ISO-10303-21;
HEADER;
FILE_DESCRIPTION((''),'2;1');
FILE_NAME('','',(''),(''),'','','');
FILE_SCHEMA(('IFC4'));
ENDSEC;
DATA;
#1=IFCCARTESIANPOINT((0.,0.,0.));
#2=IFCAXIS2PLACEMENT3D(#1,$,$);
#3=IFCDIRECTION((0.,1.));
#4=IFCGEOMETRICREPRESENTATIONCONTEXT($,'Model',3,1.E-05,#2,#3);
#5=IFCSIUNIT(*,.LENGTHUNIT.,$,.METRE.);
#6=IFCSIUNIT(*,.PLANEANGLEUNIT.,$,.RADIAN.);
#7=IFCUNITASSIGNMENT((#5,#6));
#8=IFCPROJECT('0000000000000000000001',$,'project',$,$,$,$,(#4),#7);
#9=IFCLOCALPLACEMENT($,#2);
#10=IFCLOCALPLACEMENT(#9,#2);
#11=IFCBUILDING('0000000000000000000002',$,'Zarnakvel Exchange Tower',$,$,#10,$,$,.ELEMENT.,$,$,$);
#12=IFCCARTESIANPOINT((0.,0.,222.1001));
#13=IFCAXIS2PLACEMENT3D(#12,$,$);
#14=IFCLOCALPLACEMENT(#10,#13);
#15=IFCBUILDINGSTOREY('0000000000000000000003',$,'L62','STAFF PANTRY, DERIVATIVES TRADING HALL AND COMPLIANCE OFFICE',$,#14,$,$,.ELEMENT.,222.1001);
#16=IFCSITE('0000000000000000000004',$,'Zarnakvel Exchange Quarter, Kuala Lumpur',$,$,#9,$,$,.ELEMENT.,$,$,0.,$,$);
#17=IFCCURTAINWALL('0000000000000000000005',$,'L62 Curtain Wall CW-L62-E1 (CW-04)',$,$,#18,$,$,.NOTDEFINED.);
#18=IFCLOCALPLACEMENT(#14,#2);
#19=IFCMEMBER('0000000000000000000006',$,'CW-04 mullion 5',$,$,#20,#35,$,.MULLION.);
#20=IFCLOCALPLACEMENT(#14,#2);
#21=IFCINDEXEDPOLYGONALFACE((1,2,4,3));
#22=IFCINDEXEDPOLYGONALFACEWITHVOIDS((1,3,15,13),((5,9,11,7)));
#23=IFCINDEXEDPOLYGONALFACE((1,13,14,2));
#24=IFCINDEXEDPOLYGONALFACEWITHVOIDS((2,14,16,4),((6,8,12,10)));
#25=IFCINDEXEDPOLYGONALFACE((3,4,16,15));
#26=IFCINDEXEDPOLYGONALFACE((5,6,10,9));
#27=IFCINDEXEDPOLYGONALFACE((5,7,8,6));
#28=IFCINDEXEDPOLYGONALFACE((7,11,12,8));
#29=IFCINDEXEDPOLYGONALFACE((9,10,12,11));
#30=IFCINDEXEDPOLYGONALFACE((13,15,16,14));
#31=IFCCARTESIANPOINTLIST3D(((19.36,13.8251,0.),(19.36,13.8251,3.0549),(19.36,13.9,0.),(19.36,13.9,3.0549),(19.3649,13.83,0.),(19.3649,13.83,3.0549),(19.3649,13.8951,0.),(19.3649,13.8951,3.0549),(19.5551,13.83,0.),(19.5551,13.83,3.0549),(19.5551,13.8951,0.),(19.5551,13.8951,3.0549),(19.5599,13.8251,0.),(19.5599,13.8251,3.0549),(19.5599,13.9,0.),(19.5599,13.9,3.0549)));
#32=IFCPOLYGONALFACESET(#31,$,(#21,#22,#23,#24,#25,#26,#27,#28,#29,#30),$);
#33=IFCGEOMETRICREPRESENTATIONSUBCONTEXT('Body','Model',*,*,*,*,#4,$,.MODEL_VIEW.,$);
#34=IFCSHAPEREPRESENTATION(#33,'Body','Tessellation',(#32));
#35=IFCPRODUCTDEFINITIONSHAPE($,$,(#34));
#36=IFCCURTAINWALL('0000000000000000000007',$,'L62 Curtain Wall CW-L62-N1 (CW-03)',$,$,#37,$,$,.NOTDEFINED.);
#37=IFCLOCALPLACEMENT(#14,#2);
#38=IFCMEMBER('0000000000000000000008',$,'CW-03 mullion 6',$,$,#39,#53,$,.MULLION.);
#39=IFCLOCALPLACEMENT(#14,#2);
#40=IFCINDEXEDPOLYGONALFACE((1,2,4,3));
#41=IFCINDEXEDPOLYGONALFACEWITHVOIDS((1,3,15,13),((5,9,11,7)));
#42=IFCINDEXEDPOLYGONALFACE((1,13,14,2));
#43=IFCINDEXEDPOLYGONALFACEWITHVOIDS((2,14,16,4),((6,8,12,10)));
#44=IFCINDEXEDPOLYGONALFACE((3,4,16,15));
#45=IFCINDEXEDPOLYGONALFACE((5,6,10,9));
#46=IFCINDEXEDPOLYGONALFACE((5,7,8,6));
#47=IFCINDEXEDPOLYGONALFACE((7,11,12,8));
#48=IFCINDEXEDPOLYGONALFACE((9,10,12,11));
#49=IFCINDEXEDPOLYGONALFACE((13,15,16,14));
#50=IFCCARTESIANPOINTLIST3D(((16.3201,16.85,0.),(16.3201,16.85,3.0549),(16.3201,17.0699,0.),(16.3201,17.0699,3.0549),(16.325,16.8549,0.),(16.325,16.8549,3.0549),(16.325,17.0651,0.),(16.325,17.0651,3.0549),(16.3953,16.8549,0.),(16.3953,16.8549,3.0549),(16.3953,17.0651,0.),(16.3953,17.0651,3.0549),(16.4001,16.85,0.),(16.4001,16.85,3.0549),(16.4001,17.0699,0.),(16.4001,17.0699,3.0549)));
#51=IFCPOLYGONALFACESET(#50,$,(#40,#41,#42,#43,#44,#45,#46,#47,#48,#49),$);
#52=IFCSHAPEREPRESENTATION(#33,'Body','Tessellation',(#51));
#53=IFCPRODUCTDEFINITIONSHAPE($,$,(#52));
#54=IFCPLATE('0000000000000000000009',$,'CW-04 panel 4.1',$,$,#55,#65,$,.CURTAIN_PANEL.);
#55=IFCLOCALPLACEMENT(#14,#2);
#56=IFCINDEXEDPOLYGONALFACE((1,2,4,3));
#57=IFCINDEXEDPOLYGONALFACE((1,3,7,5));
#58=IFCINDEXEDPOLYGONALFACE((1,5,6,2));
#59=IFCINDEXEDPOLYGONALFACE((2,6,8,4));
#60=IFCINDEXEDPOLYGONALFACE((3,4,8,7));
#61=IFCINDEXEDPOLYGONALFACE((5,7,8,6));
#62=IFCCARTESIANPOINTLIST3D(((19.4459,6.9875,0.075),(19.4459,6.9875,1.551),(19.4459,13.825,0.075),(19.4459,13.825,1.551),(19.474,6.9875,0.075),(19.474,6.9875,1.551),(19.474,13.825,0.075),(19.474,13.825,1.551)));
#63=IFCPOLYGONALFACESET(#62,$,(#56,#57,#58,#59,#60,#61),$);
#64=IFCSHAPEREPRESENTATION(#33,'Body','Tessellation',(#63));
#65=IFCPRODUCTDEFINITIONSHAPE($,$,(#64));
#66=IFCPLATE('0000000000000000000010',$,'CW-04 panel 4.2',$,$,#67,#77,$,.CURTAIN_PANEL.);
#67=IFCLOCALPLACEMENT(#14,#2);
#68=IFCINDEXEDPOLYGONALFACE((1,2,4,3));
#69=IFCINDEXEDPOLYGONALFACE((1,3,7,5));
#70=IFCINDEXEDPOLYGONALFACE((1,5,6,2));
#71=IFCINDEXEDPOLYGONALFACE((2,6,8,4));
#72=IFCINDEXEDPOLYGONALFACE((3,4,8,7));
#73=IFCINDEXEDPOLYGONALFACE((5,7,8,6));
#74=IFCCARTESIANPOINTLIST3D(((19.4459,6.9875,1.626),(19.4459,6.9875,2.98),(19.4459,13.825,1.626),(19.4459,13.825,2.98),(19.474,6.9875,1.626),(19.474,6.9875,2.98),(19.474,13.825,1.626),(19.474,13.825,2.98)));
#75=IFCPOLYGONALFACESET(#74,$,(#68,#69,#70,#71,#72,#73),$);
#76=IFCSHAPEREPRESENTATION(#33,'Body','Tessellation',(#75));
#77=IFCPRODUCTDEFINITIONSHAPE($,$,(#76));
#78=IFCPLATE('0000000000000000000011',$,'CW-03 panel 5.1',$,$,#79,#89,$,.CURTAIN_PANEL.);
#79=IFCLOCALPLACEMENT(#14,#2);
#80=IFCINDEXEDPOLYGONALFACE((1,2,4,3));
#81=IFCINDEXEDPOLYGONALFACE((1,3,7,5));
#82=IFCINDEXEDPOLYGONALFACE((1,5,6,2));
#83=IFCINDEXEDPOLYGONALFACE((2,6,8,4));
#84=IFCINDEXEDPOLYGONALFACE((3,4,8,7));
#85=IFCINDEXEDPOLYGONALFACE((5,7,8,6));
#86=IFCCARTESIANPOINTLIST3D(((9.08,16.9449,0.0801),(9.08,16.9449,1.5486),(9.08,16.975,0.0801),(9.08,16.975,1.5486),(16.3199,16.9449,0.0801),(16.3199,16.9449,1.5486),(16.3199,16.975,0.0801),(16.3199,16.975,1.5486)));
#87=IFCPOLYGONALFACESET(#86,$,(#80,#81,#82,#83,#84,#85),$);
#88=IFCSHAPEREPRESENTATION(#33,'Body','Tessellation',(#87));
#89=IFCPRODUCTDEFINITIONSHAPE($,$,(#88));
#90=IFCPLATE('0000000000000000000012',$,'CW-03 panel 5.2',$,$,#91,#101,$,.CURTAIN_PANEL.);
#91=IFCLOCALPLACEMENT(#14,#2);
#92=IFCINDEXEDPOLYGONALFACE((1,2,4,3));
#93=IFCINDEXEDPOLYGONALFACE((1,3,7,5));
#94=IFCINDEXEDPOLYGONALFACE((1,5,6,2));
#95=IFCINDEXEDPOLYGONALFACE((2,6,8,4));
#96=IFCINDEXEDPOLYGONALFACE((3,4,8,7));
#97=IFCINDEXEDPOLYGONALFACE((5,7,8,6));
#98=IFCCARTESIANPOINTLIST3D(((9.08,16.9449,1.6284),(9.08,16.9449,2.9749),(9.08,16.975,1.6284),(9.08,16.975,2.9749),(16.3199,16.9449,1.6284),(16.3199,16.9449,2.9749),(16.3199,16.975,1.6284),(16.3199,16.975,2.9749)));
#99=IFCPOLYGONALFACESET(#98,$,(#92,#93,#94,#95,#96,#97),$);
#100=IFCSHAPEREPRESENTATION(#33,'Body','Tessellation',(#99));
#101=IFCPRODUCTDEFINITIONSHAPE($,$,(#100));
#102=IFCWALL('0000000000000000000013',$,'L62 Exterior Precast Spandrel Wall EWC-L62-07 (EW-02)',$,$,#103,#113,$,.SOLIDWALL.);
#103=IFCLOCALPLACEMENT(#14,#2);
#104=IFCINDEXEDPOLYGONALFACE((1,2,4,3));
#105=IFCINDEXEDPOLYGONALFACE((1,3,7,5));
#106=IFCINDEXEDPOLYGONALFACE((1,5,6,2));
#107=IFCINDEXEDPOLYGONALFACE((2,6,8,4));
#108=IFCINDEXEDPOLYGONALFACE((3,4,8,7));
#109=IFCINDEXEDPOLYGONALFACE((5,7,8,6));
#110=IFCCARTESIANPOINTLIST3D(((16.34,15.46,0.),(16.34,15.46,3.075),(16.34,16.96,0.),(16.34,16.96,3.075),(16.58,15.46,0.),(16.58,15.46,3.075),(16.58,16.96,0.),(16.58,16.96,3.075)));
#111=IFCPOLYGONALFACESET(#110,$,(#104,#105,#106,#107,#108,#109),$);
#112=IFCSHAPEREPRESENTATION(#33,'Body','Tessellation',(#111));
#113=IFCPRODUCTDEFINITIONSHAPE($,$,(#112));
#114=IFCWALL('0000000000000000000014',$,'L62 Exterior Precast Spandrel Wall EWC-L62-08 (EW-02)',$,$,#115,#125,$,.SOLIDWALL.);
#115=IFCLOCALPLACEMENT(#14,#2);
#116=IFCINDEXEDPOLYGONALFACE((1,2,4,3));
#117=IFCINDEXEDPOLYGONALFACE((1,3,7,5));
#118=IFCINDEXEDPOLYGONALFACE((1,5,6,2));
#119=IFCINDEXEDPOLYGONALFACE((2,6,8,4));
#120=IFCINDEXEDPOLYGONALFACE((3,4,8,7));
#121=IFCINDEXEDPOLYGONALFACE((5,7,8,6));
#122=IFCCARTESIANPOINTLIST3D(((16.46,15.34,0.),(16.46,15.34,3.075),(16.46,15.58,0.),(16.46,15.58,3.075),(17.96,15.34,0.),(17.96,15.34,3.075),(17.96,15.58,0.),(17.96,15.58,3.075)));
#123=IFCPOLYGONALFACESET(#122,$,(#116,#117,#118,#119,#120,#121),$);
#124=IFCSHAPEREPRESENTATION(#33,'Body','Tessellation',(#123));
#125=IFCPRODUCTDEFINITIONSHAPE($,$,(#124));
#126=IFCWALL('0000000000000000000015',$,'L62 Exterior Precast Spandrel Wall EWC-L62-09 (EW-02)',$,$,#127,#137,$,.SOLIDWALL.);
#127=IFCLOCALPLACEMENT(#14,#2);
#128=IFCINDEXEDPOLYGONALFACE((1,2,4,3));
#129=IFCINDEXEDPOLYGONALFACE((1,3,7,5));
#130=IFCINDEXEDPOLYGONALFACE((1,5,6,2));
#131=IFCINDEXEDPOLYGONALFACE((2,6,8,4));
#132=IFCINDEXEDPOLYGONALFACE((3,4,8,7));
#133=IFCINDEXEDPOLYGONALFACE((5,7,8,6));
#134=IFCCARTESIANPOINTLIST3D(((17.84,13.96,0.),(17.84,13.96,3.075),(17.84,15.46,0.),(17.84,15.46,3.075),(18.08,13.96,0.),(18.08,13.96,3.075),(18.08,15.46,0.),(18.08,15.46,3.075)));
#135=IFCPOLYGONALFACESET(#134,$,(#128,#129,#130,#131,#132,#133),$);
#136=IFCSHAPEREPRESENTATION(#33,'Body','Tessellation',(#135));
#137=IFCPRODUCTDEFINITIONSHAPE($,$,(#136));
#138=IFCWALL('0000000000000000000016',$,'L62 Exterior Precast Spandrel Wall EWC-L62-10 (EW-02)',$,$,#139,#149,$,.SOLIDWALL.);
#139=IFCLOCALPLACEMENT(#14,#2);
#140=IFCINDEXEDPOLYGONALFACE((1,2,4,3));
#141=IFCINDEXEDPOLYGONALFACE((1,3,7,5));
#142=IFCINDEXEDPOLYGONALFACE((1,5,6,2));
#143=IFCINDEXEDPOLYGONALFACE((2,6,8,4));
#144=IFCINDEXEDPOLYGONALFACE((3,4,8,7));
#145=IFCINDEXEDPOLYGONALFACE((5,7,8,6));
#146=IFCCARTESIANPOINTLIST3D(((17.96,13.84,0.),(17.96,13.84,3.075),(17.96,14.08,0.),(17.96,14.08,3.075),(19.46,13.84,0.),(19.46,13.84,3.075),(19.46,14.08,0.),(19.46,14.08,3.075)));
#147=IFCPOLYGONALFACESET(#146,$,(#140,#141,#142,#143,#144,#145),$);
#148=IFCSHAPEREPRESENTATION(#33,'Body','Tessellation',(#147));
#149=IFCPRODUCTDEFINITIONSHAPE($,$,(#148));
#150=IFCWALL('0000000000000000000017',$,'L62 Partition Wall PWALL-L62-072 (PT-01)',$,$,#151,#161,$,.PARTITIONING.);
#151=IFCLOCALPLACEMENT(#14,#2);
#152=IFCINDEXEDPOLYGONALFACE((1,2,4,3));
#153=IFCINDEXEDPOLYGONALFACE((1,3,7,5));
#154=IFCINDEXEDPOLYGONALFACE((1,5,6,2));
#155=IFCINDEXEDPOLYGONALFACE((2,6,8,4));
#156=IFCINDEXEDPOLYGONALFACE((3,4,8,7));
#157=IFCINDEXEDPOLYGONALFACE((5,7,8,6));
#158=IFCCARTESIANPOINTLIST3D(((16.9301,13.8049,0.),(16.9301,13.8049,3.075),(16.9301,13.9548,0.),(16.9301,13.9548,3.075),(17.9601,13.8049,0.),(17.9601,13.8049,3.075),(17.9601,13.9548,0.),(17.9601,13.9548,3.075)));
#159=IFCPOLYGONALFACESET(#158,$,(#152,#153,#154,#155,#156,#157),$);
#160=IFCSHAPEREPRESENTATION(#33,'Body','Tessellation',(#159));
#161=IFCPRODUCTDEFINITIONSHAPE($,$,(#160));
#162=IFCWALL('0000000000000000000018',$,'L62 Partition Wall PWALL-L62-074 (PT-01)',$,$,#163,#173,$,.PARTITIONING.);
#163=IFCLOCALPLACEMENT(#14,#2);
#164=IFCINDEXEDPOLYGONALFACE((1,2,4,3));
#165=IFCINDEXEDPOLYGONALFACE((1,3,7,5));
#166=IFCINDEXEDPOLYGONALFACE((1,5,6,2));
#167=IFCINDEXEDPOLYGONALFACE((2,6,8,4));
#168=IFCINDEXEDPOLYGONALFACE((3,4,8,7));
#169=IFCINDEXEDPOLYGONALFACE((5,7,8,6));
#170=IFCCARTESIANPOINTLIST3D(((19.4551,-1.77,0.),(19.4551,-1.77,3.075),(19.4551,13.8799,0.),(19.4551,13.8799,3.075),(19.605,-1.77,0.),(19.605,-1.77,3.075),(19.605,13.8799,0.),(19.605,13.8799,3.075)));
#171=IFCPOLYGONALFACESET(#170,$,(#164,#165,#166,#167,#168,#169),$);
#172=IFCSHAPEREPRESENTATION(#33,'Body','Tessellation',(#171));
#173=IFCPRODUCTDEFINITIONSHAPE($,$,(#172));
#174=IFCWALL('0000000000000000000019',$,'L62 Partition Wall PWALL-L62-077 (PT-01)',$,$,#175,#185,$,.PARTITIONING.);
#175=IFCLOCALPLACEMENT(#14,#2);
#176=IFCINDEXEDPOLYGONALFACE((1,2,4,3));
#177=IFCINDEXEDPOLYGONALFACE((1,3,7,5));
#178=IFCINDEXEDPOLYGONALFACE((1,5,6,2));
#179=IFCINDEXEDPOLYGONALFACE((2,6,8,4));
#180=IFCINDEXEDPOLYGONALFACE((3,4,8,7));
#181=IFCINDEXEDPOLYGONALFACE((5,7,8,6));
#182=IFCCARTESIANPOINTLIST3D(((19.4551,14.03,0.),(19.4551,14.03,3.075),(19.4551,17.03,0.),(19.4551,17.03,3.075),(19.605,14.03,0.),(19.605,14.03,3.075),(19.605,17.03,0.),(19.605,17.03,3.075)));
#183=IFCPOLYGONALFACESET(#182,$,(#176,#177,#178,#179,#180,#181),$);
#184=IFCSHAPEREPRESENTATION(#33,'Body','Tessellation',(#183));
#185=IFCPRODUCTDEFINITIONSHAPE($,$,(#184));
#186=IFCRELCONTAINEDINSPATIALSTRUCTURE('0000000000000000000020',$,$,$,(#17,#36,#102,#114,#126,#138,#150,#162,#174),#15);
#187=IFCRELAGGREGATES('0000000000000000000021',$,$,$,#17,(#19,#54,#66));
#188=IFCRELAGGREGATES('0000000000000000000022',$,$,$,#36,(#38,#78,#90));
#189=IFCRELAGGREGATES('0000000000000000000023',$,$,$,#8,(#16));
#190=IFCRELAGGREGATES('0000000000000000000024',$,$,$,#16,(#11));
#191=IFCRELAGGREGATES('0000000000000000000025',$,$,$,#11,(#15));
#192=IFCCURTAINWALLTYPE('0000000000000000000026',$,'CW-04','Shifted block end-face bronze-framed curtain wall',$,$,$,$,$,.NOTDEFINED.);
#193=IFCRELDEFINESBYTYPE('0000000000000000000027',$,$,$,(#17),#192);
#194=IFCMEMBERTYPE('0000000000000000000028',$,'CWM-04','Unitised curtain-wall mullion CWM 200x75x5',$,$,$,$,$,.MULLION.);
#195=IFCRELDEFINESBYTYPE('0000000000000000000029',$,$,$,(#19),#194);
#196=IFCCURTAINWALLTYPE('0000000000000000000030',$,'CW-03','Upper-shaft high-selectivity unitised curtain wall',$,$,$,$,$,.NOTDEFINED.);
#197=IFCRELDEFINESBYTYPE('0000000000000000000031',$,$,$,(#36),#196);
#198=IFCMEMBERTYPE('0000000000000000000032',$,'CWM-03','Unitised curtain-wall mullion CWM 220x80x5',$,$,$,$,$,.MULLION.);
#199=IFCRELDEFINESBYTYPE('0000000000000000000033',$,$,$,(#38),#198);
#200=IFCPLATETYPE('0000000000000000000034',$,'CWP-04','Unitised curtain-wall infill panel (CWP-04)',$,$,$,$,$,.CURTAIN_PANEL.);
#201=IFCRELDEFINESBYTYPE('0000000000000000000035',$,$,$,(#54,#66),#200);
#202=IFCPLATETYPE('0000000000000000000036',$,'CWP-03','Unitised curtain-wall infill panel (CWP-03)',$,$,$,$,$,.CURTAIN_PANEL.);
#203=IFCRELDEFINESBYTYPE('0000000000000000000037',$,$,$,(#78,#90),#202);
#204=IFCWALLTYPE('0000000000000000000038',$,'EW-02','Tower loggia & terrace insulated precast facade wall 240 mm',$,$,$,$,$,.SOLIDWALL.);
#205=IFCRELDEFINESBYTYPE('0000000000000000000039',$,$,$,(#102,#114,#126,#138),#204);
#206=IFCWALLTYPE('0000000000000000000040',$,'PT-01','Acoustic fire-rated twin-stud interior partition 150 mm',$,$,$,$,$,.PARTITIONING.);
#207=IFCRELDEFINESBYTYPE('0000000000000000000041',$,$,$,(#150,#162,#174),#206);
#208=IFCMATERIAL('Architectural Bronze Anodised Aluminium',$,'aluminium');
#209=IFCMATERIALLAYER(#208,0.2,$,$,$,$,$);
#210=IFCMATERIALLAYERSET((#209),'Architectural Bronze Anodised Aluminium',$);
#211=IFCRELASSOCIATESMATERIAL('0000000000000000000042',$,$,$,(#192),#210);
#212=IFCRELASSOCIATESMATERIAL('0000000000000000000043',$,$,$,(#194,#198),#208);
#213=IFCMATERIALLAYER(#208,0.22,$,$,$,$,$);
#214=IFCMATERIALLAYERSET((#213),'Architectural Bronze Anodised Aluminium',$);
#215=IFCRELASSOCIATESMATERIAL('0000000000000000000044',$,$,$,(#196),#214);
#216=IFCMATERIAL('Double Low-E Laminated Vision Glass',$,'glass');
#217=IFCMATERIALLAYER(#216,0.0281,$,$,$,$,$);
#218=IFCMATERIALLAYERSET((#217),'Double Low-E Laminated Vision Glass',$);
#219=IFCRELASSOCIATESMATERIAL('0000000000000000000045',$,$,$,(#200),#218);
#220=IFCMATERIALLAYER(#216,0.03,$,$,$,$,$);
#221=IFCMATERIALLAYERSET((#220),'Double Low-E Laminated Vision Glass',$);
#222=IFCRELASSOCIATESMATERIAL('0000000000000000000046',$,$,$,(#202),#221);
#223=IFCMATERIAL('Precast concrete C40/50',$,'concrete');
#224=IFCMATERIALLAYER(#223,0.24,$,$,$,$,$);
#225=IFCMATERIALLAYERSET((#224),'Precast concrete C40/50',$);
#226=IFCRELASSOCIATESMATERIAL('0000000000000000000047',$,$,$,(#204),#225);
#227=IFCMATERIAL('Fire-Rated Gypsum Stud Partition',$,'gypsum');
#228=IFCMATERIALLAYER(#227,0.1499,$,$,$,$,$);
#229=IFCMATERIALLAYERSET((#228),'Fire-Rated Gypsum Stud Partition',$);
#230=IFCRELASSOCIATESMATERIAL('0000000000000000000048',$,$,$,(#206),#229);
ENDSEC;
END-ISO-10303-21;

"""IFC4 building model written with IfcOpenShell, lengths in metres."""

from ifc_helpers import new_model, si_unit, direction, frame, frame_2d, origin, origin_2d, place, context, subcontext, project, spatial, rectangle, hollow_rectangle, extrude, source, transform, mapped, material, layer, layer_set, material_profile, profile_set, type_object, element, aggregate, save


model = new_model("IFC4")

# Units and contexts
model_context = context("Model", 3, precision=1e-05, world=origin(), true_north=direction((0.0, 1.0)))
body_context = subcontext(model_context, "Body", "Model", "MODEL_VIEW")
ifc_project = project(units=[si_unit("LENGTHUNIT", "METRE"), si_unit("PLANEANGLEUNIT", "RADIAN")], contexts=[model_context])

# Site, building, storey
site_placement = place(None, origin())
site = spatial("IfcSite", under=ifc_project, at=site_placement, Name="Zarnakvel Exchange Quarter, Kuala Lumpur", CompositionType="ELEMENT", RefElevation=0.0)
building_placement = place(site_placement, origin())
building = spatial("IfcBuilding", under=site, at=building_placement, Name="Zarnakvel Exchange Tower", CompositionType="ELEMENT")
storey_placement = place(building_placement, frame((0.0, 0.0, 222.1001)))
storey = spatial("IfcBuildingStorey", under=building, at=storey_placement, Name="L62", Description="STAFF PANTRY, DERIVATIVES TRADING HALL AND COMPLIANCE OFFICE", CompositionType="ELEMENT", Elevation=222.1001)

# Curtain walls, members
ifc_material_1 = material(Name="Architectural Bronze Anodised Aluminium", Category="aluminium")
ifc_layer_1 = layer(ifc_material_1, 0.2)
ifc_layer_set_1 = layer_set([ifc_layer_1], Name="Architectural Bronze Anodised Aluminium")
curtain_wall_type_1 = type_object("IfcCurtainWallType", Name="CW-04", Description="Shifted block end-face bronze-framed curtain wall", PredefinedType="NOTDEFINED", material=ifc_layer_set_1)
curtain_wall_1_placement = place(storey_placement, origin())
curtain_wall_1 = element("IfcCurtainWall", 1, at=curtain_wall_1_placement, inside=storey, type_object=curtain_wall_type_1, Name="L62 Curtain Wall CW-L62-E1 (CW-04)", PredefinedType="NOTDEFINED")
ifc_material_profile_1 = material_profile(ifc_material_1, hollow_rectangle(XDim=0.2, YDim=0.075, WallThickness=0.0049, at=origin_2d()))
ifc_profile_set_1 = profile_set([ifc_material_profile_1], Name="Architectural Bronze Anodised Aluminium")
member_type_1 = type_object("IfcMemberType", Name="CWM-04", Description="Unitised curtain-wall mullion CWM 200x75x5", PredefinedType="MULLION", material=ifc_profile_set_1)
shared_shape_1 = source(origin(), body_context, "Body", "SweptSolid", [
    extrude(hollow_rectangle(XDim=0.2, YDim=0.075, WallThickness=0.0049, at=origin_2d()), origin(), (0.0, 0.0, 1.0), 3.0549),
])
member_1_placement = place(storey_placement, frame((19.46, 13.8625, 0.0), z_axis=(0.0, 0.0, 1.0), x_axis=(-1.0, 0.0, 0.0)))
member_1 = element("IfcMember", 2, at=member_1_placement, type_object=member_type_1, Name="CW-04 mullion 5", PredefinedType="MULLION", context=body_context, shape_type="MappedRepresentation", body=[
    mapped(shared_shape_1, transform((0.0, 0.0, 0.0), x_axis=(1.0, 0.0, 0.0), y_axis=(0.0, 1.0, 0.0), z_axis=(0.0, 0.0, 1.0), scale=1.0)),
])
ifc_layer_2 = layer(ifc_material_1, 0.22)
ifc_layer_set_2 = layer_set([ifc_layer_2], Name="Architectural Bronze Anodised Aluminium")
curtain_wall_type_2 = type_object("IfcCurtainWallType", Name="CW-03", Description="Upper-shaft high-selectivity unitised curtain wall", PredefinedType="NOTDEFINED", material=ifc_layer_set_2)
curtain_wall_2_placement = place(storey_placement, origin())
curtain_wall_2 = element("IfcCurtainWall", 3, at=curtain_wall_2_placement, inside=storey, type_object=curtain_wall_type_2, Name="L62 Curtain Wall CW-L62-N1 (CW-03)", PredefinedType="NOTDEFINED")
ifc_material_profile_2 = material_profile(ifc_material_1, hollow_rectangle(XDim=0.22, YDim=0.0801, WallThickness=0.0049, at=origin_2d()))
ifc_profile_set_2 = profile_set([ifc_material_profile_2], Name="Architectural Bronze Anodised Aluminium")
member_type_2 = type_object("IfcMemberType", Name="CWM-03", Description="Unitised curtain-wall mullion CWM 220x80x5", PredefinedType="MULLION", material=ifc_profile_set_2)
shared_shape_2 = source(origin(), body_context, "Body", "SweptSolid", [
    extrude(hollow_rectangle(XDim=0.22, YDim=0.0801, WallThickness=0.0049, at=origin_2d()), origin(), (0.0, 0.0, 1.0), 3.0549),
])
member_2_placement = place(storey_placement, frame((16.3601, 16.96, 0.0), z_axis=(0.0, 0.0, 1.0), x_axis=(0.0, 1.0, 0.0)))
member_2 = element("IfcMember", 4, at=member_2_placement, type_object=member_type_2, Name="CW-03 mullion 6", PredefinedType="MULLION", context=body_context, shape_type="MappedRepresentation", body=[
    mapped(shared_shape_2, transform((0.0, 0.0, 0.0), x_axis=(1.0, 0.0, 0.0), y_axis=(0.0, 1.0, 0.0), z_axis=(0.0, 0.0, 1.0), scale=1.0)),
])

# Plates
ifc_material_2 = material(Name="Double Low-E Laminated Vision Glass", Category="glass")
ifc_layer_3 = layer(ifc_material_2, 0.0281)
ifc_layer_set_3 = layer_set([ifc_layer_3], Name="Double Low-E Laminated Vision Glass")
plate_type_1 = type_object("IfcPlateType", Name="CWP-04", Description="Unitised curtain-wall infill panel (CWP-04)", PredefinedType="CURTAIN_PANEL", material=ifc_layer_set_3)
shared_shape_3 = source(origin(), body_context, "Body", "SweptSolid", [
    extrude(rectangle(XDim=6.8374, YDim=0.0281, at=origin_2d()), origin(), (0.0, 0.0, 1.0), 1.4761),
])
plate_1_placement = place(storey_placement, frame((19.46, 10.4062, 0.075), z_axis=(0.0, 0.0, 1.0), x_axis=(0.0, 1.0, 0.0)))
plate_1 = element("IfcPlate", 5, at=plate_1_placement, type_object=plate_type_1, Name="CW-04 panel 4.1", PredefinedType="CURTAIN_PANEL", context=body_context, shape_type="MappedRepresentation", body=[
    mapped(shared_shape_3, transform((0.0, 0.0, 0.0), x_axis=(1.0, 0.0, 0.0), y_axis=(0.0, 1.0, 0.0), z_axis=(0.0, 0.0, 1.0), scale=1.0)),
])
shared_shape_4 = source(origin(), body_context, "Body", "SweptSolid", [
    extrude(rectangle(XDim=6.8374, YDim=0.0281, at=origin_2d()), origin(), (0.0, 0.0, 1.0), 1.354),
])
plate_2_placement = place(storey_placement, frame((19.46, 10.4062, 1.626), z_axis=(0.0, 0.0, 1.0), x_axis=(0.0, 1.0, 0.0)))
plate_2 = element("IfcPlate", 6, at=plate_2_placement, type_object=plate_type_1, Name="CW-04 panel 4.2", PredefinedType="CURTAIN_PANEL", context=body_context, shape_type="MappedRepresentation", body=[
    mapped(shared_shape_4, transform((0.0, 0.0, 0.0), x_axis=(1.0, 0.0, 0.0), y_axis=(0.0, 1.0, 0.0), z_axis=(0.0, 0.0, 1.0), scale=1.0)),
])
aggregate(curtain_wall_1, [member_1, plate_1, plate_2])
ifc_layer_4 = layer(ifc_material_2, 0.03)
ifc_layer_set_4 = layer_set([ifc_layer_4], Name="Double Low-E Laminated Vision Glass")
plate_type_2 = type_object("IfcPlateType", Name="CWP-03", Description="Unitised curtain-wall infill panel (CWP-03)", PredefinedType="CURTAIN_PANEL", material=ifc_layer_set_4)
shared_shape_5 = source(origin(), body_context, "Body", "SweptSolid", [
    extrude(rectangle(XDim=7.24, YDim=0.03, at=origin_2d()), origin(), (0.0, 0.0, 1.0), 1.4685),
])
plate_3_placement = place(storey_placement, frame((12.7, 16.96, 0.0801), z_axis=(0.0, 0.0, 1.0), x_axis=(1.0, 0.0, 0.0)))
plate_3 = element("IfcPlate", 7, at=plate_3_placement, type_object=plate_type_2, Name="CW-03 panel 5.1", PredefinedType="CURTAIN_PANEL", context=body_context, shape_type="MappedRepresentation", body=[
    mapped(shared_shape_5, transform((0.0, 0.0, 0.0), x_axis=(1.0, 0.0, 0.0), y_axis=(0.0, 1.0, 0.0), z_axis=(0.0, 0.0, 1.0), scale=1.0)),
])
shared_shape_6 = source(origin(), body_context, "Body", "SweptSolid", [
    extrude(rectangle(XDim=7.24, YDim=0.03, at=origin_2d()), origin(), (0.0, 0.0, 1.0), 1.3464),
])
plate_4_placement = place(storey_placement, frame((12.7, 16.96, 1.6284), z_axis=(0.0, 0.0, 1.0), x_axis=(1.0, 0.0, 0.0)))
plate_4 = element("IfcPlate", 8, at=plate_4_placement, type_object=plate_type_2, Name="CW-03 panel 5.2", PredefinedType="CURTAIN_PANEL", context=body_context, shape_type="MappedRepresentation", body=[
    mapped(shared_shape_6, transform((0.0, 0.0, 0.0), x_axis=(1.0, 0.0, 0.0), y_axis=(0.0, 1.0, 0.0), z_axis=(0.0, 0.0, 1.0), scale=1.0)),
])
aggregate(curtain_wall_2, [member_2, plate_3, plate_4])

# Walls
ifc_material_3 = material(Name="Precast concrete C40/50", Category="concrete")
ifc_layer_5 = layer(ifc_material_3, 0.24)
ifc_layer_set_5 = layer_set([ifc_layer_5], Name="Precast concrete C40/50")
wall_type_1 = type_object("IfcWallType", Name="EW-02", Description="Tower loggia & terrace insulated precast facade wall 240 mm", PredefinedType="SOLIDWALL", material=ifc_layer_set_5)
for number, where, z_axis, x_axis, name in (
    (9, (16.46, 15.46, 0.0), (0.0, 0.0, 1.0), (0.0, 1.0, 0.0), "L62 Exterior Precast Spandrel Wall EWC-L62-07 (EW-02)"),
    (10, (17.96, 15.46, 0.0), (0.0, 0.0, 1.0), (-1.0, 0.0, 0.0), "L62 Exterior Precast Spandrel Wall EWC-L62-08 (EW-02)"),
    (11, (17.96, 13.96, 0.0), (0.0, 0.0, 1.0), (0.0, 1.0, 0.0), "L62 Exterior Precast Spandrel Wall EWC-L62-09 (EW-02)"),
    (12, (19.46, 13.96, 0.0), (0.0, 0.0, 1.0), (-1.0, 0.0, 0.0), "L62 Exterior Precast Spandrel Wall EWC-L62-10 (EW-02)"),
):
    element("IfcWall", number, at=place(storey_placement, frame(where, z_axis=z_axis, x_axis=x_axis)), inside=storey, type_object=wall_type_1, Name=name, PredefinedType="SOLIDWALL", context=body_context, shape_type="SweptSolid", body=[
        extrude(rectangle(XDim=1.5, YDim=0.24, at=frame_2d((0.75, 0.0))), origin(), (0.0, 0.0, 1.0), 3.075),
    ])
ifc_material_4 = material(Name="Fire-Rated Gypsum Stud Partition", Category="gypsum")
ifc_layer_6 = layer(ifc_material_4, 0.1499)
ifc_layer_set_6 = layer_set([ifc_layer_6], Name="Fire-Rated Gypsum Stud Partition")
wall_type_2 = type_object("IfcWallType", Name="PT-01", Description="Acoustic fire-rated twin-stud interior partition 150 mm", PredefinedType="PARTITIONING", material=ifc_layer_set_6)
wall_1_placement = place(storey_placement, frame((16.9299, 13.8799, 0.0), z_axis=(0.0, 0.0, 1.0), x_axis=(1.0, 0.0, 0.0)))
element("IfcWall", 13, at=wall_1_placement, inside=storey, type_object=wall_type_2, Name="L62 Partition Wall PWALL-L62-072 (PT-01)", PredefinedType="PARTITIONING", context=body_context, shape_type="SweptSolid", body=[
    extrude(rectangle(XDim=1.03, YDim=0.1499, at=frame_2d((0.5151, 0.0))), origin(), (0.0, 0.0, 1.0), 3.075),
])
wall_2_placement = place(storey_placement, frame((19.53, 13.8799, 0.0), z_axis=(0.0, 0.0, 1.0), x_axis=(0.0, -1.0, 0.0)))
element("IfcWall", 14, at=wall_2_placement, inside=storey, type_object=wall_type_2, Name="L62 Partition Wall PWALL-L62-074 (PT-01)", PredefinedType="PARTITIONING", context=body_context, shape_type="SweptSolid", body=[
    extrude(rectangle(XDim=15.6499, YDim=0.1499, at=frame_2d((7.825, 0.0))), origin(), (0.0, 0.0, 1.0), 3.075),
])
wall_3_placement = place(storey_placement, frame((19.53, 17.03, 0.0), z_axis=(0.0, 0.0, 1.0), x_axis=(0.0, -1.0, 0.0)))
element("IfcWall", 15, at=wall_3_placement, inside=storey, type_object=wall_type_2, Name="L62 Partition Wall PWALL-L62-077 (PT-01)", PredefinedType="PARTITIONING", context=body_context, shape_type="SweptSolid", body=[
    extrude(rectangle(XDim=3.0, YDim=0.1499, at=frame_2d((1.5, 0.0))), origin(), (0.0, 0.0, 1.0), 3.075),
])

save(model, "model.ifc")
